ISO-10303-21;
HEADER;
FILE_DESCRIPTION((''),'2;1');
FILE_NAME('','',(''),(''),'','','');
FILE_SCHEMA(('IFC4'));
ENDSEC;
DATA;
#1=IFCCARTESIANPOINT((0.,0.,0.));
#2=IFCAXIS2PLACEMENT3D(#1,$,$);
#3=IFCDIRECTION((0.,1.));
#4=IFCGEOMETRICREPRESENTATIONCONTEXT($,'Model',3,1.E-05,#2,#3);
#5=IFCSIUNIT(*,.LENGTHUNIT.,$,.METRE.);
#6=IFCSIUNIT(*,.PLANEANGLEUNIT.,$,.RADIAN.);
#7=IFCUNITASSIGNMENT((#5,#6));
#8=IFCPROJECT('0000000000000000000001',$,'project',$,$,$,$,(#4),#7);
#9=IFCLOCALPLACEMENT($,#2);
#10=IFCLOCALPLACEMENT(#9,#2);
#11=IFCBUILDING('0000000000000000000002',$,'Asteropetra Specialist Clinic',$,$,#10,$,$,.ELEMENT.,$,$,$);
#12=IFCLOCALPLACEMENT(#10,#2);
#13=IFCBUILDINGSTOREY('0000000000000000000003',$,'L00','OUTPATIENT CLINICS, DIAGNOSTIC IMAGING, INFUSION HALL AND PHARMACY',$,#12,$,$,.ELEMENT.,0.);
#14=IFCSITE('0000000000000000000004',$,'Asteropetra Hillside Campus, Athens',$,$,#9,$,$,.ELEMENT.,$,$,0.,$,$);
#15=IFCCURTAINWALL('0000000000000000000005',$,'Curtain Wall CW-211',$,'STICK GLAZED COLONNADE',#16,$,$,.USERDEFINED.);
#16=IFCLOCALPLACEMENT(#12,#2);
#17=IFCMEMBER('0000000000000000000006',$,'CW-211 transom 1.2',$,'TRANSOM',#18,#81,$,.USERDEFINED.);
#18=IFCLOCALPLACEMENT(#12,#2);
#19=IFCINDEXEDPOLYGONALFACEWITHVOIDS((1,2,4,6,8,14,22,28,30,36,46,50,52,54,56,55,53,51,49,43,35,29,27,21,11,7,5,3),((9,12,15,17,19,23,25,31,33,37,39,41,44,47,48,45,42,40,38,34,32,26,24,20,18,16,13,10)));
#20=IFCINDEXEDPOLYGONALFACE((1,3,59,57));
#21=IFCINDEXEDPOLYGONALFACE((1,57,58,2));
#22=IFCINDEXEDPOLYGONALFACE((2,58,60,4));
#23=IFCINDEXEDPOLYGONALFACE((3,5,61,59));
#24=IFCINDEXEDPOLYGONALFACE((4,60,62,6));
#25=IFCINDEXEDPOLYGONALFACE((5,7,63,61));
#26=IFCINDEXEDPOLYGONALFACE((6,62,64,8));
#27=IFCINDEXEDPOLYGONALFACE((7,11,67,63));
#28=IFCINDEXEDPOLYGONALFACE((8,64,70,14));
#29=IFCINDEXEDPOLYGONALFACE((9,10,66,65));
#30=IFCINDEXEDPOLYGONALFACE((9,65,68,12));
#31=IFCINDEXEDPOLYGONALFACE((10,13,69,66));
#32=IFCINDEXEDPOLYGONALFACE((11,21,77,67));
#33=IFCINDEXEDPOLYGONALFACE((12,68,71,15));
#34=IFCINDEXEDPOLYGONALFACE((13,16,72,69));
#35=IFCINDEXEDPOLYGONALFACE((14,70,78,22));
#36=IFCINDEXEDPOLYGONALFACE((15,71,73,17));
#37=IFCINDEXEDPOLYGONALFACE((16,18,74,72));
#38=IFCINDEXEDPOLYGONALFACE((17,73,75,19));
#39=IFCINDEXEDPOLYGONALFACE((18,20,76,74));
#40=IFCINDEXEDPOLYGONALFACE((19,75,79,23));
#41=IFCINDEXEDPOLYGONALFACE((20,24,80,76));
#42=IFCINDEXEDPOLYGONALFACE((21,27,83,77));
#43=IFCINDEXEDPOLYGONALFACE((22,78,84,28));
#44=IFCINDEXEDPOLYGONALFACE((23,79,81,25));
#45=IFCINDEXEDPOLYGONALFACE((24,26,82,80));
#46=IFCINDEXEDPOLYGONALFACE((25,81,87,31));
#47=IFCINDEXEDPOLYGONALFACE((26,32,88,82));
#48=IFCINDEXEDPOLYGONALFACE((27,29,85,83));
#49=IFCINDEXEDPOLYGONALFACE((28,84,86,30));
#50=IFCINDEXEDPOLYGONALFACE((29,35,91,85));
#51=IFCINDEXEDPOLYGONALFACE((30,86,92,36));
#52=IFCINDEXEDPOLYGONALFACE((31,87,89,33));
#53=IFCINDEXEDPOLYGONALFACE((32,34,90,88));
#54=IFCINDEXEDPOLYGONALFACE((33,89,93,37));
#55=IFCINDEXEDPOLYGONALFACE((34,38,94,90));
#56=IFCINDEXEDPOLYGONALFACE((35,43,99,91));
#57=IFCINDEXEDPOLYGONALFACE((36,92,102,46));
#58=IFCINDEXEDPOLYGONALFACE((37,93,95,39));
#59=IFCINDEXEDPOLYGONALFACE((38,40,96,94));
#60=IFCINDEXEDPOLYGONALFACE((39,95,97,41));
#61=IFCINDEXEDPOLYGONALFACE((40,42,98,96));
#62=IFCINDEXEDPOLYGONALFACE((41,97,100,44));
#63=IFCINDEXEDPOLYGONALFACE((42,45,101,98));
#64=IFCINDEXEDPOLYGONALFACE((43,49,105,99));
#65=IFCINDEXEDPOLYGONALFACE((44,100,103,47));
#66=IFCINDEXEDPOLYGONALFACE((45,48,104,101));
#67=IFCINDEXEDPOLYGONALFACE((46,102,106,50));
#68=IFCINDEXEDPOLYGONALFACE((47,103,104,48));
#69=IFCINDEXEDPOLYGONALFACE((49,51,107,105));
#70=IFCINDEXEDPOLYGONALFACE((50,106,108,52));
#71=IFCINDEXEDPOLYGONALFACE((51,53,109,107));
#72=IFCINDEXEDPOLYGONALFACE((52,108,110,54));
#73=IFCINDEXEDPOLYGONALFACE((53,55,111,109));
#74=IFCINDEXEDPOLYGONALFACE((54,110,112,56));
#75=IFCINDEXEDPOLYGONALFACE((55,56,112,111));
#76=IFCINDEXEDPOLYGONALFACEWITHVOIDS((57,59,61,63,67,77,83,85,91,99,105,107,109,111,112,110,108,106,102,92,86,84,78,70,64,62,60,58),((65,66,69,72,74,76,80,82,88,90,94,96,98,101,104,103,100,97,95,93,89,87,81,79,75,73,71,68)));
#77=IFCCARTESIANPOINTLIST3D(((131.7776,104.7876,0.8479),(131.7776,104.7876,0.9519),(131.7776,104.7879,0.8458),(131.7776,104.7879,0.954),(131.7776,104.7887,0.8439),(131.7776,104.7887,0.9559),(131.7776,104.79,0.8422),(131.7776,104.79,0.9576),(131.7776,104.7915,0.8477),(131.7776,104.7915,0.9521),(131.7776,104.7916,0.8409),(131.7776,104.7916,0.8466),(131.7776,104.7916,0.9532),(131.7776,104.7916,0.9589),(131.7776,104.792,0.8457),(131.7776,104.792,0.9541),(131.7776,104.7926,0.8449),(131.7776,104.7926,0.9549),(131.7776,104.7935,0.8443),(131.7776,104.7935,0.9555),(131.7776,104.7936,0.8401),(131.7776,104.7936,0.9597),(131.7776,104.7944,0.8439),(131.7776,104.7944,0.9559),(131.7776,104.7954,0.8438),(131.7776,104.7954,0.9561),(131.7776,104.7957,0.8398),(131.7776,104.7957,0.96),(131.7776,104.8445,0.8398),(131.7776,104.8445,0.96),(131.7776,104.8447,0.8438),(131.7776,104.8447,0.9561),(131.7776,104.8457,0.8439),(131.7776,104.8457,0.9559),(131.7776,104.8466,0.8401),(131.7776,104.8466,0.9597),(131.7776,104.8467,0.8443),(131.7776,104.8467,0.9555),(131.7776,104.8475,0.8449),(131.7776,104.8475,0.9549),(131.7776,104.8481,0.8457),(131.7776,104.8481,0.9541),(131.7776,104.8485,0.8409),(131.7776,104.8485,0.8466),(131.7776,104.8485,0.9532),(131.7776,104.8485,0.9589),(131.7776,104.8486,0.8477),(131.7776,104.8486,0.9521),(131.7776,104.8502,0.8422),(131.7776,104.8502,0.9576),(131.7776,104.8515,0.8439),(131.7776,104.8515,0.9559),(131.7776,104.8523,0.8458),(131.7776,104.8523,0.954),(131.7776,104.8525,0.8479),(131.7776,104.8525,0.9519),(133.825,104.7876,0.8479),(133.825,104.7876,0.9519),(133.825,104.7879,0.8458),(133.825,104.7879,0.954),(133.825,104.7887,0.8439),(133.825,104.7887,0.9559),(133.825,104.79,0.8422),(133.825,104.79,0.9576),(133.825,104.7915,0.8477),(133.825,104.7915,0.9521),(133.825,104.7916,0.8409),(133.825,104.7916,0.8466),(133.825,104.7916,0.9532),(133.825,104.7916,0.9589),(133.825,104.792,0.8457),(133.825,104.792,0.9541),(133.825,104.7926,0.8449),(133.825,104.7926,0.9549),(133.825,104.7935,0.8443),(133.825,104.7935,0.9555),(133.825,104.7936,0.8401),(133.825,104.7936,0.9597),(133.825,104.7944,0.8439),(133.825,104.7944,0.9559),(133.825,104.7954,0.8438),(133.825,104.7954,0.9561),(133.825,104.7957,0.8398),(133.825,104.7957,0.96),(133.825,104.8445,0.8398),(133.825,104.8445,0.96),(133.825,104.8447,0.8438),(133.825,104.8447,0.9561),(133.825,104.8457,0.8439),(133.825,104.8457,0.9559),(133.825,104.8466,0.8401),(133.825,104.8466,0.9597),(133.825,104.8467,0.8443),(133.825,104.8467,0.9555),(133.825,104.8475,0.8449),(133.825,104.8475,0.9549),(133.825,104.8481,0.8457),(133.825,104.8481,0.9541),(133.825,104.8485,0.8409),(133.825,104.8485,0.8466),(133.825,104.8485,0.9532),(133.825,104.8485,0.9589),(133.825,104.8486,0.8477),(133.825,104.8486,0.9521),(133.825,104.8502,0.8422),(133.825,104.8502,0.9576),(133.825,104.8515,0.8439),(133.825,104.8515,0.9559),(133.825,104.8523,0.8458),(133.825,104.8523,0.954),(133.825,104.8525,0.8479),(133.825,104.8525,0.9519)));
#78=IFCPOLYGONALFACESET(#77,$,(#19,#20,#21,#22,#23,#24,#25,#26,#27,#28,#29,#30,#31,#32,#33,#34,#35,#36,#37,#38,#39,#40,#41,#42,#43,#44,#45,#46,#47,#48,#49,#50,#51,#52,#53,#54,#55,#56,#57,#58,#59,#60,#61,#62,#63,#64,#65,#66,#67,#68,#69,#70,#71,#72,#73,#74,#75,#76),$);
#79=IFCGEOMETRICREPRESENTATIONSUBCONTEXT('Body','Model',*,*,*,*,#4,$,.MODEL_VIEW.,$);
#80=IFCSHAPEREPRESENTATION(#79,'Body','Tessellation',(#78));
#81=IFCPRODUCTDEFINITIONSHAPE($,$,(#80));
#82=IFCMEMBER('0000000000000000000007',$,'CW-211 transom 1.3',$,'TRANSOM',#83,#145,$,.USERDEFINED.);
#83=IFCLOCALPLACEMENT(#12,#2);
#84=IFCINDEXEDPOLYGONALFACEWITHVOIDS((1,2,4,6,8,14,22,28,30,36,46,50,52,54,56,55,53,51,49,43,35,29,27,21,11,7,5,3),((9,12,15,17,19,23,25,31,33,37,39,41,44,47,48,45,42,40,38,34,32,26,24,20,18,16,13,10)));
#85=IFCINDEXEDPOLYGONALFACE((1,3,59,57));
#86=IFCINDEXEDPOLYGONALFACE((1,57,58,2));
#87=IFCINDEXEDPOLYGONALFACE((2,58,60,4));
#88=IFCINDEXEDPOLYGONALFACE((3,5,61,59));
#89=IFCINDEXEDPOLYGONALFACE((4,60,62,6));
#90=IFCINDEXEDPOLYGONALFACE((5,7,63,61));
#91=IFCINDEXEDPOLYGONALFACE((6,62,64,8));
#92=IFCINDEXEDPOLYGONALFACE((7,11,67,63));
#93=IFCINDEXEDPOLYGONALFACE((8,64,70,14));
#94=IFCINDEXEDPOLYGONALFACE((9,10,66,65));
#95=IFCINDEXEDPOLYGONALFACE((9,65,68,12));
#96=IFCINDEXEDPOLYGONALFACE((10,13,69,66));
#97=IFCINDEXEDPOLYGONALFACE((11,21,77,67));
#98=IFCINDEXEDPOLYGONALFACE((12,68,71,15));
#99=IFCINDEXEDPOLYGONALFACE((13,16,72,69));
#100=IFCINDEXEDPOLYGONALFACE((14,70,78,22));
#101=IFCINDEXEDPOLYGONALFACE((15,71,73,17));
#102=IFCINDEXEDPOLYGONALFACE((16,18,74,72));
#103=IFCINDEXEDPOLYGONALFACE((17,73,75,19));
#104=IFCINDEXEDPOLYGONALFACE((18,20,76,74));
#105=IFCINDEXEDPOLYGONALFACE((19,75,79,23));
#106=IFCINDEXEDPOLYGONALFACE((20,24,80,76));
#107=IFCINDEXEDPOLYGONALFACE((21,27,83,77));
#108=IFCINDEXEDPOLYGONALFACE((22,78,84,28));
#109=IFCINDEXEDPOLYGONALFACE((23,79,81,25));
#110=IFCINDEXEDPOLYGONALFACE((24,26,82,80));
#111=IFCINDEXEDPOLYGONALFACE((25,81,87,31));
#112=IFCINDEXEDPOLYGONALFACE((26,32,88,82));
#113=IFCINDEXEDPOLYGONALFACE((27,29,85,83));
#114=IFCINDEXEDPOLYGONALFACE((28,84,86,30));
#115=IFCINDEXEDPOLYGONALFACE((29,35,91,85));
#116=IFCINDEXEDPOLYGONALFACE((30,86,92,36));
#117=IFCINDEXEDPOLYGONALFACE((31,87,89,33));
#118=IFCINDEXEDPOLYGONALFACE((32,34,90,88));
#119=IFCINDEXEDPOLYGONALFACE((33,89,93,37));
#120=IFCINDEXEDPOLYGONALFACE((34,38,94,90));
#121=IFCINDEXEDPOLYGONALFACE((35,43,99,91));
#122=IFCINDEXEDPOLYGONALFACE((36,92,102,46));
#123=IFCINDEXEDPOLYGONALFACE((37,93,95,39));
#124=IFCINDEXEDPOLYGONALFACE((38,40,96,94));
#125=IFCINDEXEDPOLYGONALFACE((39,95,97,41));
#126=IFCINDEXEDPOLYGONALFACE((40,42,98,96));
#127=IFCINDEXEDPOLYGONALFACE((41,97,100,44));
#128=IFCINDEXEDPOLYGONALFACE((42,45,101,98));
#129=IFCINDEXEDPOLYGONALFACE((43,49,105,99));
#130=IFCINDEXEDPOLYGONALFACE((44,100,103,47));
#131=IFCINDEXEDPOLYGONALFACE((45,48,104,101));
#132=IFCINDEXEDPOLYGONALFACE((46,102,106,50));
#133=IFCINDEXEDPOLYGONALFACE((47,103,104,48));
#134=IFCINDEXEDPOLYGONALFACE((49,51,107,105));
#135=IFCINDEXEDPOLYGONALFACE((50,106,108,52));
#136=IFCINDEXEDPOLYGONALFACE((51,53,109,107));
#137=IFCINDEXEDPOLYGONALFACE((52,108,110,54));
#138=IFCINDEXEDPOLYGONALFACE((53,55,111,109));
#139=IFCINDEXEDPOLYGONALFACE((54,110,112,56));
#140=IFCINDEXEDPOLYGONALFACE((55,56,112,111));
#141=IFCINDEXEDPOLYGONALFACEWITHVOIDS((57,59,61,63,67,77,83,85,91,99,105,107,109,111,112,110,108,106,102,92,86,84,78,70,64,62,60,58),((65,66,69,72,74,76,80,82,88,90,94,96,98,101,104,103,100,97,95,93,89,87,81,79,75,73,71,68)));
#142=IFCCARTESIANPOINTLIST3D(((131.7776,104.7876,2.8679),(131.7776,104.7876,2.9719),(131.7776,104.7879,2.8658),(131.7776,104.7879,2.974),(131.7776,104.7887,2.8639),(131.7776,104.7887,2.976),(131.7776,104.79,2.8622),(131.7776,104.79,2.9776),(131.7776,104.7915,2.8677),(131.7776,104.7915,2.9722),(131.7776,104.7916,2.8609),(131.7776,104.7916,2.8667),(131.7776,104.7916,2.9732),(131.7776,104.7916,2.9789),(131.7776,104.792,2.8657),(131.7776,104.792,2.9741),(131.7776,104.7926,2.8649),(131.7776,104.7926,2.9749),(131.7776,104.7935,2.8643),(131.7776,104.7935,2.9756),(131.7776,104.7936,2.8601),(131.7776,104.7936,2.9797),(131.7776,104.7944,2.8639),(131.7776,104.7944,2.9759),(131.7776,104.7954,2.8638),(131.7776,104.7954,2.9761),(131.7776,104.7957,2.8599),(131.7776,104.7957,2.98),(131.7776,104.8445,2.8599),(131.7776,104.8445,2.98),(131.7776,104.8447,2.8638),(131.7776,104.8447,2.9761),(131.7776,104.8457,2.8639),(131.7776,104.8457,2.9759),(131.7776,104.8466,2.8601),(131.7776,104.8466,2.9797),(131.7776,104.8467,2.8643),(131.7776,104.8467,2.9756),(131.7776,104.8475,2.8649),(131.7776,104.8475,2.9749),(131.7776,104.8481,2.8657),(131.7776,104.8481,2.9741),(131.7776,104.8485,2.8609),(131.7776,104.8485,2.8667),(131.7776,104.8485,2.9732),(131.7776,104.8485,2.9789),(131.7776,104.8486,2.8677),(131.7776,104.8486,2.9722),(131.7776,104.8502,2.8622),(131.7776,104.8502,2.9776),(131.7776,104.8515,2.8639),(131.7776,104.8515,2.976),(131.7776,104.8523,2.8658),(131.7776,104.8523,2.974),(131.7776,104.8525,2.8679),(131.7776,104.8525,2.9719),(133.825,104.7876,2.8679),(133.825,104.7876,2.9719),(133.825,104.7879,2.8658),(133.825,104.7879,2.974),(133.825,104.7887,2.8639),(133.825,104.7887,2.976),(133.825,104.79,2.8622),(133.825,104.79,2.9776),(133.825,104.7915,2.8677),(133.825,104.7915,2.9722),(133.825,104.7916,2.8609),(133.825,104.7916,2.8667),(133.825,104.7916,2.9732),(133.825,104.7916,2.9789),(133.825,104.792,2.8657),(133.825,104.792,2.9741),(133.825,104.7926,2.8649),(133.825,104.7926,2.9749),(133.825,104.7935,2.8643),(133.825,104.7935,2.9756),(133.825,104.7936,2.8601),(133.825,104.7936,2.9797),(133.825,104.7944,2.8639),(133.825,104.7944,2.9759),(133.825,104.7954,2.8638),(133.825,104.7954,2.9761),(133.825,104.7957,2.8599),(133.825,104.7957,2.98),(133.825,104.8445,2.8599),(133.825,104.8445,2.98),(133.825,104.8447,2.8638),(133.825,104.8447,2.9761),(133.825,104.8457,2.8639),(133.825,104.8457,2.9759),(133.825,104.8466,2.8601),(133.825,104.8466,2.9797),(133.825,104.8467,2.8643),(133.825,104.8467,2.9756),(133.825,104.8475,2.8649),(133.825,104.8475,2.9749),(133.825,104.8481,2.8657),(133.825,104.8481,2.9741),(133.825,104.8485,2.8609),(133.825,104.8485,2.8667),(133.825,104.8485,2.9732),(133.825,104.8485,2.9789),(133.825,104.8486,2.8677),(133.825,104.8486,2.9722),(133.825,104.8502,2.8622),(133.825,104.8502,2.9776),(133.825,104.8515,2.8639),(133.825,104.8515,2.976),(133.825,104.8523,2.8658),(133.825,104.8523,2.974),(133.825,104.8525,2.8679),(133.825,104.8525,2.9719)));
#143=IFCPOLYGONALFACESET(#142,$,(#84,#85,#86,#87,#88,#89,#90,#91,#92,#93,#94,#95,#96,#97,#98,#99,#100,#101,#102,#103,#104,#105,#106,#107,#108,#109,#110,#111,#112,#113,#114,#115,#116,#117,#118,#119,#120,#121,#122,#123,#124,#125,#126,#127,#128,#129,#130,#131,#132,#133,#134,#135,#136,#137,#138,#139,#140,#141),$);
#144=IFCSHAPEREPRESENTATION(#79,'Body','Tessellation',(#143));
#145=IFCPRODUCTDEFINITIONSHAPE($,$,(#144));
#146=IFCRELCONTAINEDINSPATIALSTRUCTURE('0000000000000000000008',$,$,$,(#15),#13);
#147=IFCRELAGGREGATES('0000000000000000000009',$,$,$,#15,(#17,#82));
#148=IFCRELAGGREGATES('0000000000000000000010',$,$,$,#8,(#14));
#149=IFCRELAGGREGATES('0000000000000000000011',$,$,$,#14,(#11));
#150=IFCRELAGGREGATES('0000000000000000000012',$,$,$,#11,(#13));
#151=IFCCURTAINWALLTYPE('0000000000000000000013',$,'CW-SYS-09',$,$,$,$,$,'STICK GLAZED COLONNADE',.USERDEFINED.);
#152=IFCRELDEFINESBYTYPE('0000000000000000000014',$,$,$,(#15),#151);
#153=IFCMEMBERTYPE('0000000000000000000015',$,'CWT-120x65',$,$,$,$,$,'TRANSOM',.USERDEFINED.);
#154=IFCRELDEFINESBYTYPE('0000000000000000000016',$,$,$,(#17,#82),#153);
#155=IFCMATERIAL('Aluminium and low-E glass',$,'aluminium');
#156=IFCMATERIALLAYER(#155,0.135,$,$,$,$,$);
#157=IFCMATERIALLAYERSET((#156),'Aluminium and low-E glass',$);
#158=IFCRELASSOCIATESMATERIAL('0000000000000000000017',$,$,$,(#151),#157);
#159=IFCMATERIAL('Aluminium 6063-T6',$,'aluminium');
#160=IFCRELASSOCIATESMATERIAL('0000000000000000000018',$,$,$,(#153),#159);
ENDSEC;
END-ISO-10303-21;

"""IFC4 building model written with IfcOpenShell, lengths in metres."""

from ifc_helpers import new_model, si_unit, direction, frame, origin, origin_2d, place, context, subcontext, project, spatial, hollow_rectangle, extrude, material, layer, layer_set, material_profile, profile_set, type_object, element, aggregate, save


model = new_model("IFC4")

# Units and contexts
model_context = context("Model", 3, precision=1e-05, world=origin(), true_north=direction((0.0, 1.0)))
body_context = subcontext(model_context, "Body", "Model", "MODEL_VIEW")
ifc_project = project(units=[si_unit("LENGTHUNIT", "METRE"), si_unit("PLANEANGLEUNIT", "RADIAN")], contexts=[model_context])

# Site, building, storey
site_placement = place(None, origin())
site = spatial("IfcSite", under=ifc_project, at=site_placement, Name="Asteropetra Hillside Campus, Athens", CompositionType="ELEMENT", RefElevation=0.0)
building_placement = place(site_placement, origin())
building = spatial("IfcBuilding", under=site, at=building_placement, Name="Asteropetra Specialist Clinic", CompositionType="ELEMENT")
storey_placement = place(building_placement, origin())
storey = spatial("IfcBuildingStorey", under=building, at=storey_placement, Name="L00", Description="OUTPATIENT CLINICS, DIAGNOSTIC IMAGING, INFUSION HALL AND PHARMACY", CompositionType="ELEMENT", Elevation=0.0)

# Curtain wall, members
ifc_material_1 = material(Name="Aluminium and low-E glass", Category="aluminium")
ifc_layer_1 = layer(ifc_material_1, 0.135)
ifc_layer_set_1 = layer_set([ifc_layer_1], Name="Aluminium and low-E glass")
curtain_wall_type = type_object("IfcCurtainWallType", Name="CW-SYS-09", ElementType="STICK GLAZED COLONNADE", PredefinedType="USERDEFINED", material=ifc_layer_set_1)
curtain_wall_placement = place(storey_placement, origin())
curtain_wall = element("IfcCurtainWall", 1, at=curtain_wall_placement, inside=storey, type_object=curtain_wall_type, Name="Curtain Wall CW-211", ObjectType="STICK GLAZED COLONNADE", PredefinedType="USERDEFINED")
ifc_material_2 = material(Name="Aluminium 6063-T6", Category="aluminium")
ifc_material_profile_1 = material_profile(ifc_material_2, hollow_rectangle(XDim=0.0649, YDim=0.1201, WallThickness=0.0039, InnerFilletRadius=0.0039, OuterFilletRadius=0.0081, at=origin_2d()), Name="TRN 120x65x4.0")
ifc_profile_set_1 = profile_set([ifc_material_profile_1], Name="Aluminium 6063-T6")
member_type_1 = type_object("IfcMemberType", Name="CWT-120x65", ElementType="TRANSOM", PredefinedType="USERDEFINED", material=ifc_profile_set_1)
member_1_placement = place(storey_placement, frame((133.825, 104.8201, 0.8999), z_axis=(-1.0, 0.0, 0.0), x_axis=(0.0, -1.0, 0.0)))
member_1 = element("IfcMember", 2, at=member_1_placement, type_object=member_type_1, Name="CW-211 transom 1.2", ObjectType="TRANSOM", PredefinedType="USERDEFINED", context=body_context, shape_type="SweptSolid", body=[
    extrude(hollow_rectangle(XDim=0.0649, YDim=0.1201, WallThickness=0.0039, InnerFilletRadius=0.0039, OuterFilletRadius=0.0081, at=origin_2d()), origin(), (0.0, 0.0, 1.0), 2.0474),
])
member_2_placement = place(storey_placement, frame((133.825, 104.8201, 2.9199), z_axis=(-1.0, 0.0, 0.0), x_axis=(0.0, -1.0, 0.0)))
member_2 = element("IfcMember", 3, at=member_2_placement, type_object=member_type_1, Name="CW-211 transom 1.3", ObjectType="TRANSOM", PredefinedType="USERDEFINED", context=body_context, shape_type="SweptSolid", body=[
    extrude(hollow_rectangle(XDim=0.0649, YDim=0.1201, WallThickness=0.0039, InnerFilletRadius=0.0039, OuterFilletRadius=0.0081, at=origin_2d()), origin(), (0.0, 0.0, 1.0), 2.0474),
])
aggregate(curtain_wall, [member_1, member_2])

save(model, "model.ifc")
